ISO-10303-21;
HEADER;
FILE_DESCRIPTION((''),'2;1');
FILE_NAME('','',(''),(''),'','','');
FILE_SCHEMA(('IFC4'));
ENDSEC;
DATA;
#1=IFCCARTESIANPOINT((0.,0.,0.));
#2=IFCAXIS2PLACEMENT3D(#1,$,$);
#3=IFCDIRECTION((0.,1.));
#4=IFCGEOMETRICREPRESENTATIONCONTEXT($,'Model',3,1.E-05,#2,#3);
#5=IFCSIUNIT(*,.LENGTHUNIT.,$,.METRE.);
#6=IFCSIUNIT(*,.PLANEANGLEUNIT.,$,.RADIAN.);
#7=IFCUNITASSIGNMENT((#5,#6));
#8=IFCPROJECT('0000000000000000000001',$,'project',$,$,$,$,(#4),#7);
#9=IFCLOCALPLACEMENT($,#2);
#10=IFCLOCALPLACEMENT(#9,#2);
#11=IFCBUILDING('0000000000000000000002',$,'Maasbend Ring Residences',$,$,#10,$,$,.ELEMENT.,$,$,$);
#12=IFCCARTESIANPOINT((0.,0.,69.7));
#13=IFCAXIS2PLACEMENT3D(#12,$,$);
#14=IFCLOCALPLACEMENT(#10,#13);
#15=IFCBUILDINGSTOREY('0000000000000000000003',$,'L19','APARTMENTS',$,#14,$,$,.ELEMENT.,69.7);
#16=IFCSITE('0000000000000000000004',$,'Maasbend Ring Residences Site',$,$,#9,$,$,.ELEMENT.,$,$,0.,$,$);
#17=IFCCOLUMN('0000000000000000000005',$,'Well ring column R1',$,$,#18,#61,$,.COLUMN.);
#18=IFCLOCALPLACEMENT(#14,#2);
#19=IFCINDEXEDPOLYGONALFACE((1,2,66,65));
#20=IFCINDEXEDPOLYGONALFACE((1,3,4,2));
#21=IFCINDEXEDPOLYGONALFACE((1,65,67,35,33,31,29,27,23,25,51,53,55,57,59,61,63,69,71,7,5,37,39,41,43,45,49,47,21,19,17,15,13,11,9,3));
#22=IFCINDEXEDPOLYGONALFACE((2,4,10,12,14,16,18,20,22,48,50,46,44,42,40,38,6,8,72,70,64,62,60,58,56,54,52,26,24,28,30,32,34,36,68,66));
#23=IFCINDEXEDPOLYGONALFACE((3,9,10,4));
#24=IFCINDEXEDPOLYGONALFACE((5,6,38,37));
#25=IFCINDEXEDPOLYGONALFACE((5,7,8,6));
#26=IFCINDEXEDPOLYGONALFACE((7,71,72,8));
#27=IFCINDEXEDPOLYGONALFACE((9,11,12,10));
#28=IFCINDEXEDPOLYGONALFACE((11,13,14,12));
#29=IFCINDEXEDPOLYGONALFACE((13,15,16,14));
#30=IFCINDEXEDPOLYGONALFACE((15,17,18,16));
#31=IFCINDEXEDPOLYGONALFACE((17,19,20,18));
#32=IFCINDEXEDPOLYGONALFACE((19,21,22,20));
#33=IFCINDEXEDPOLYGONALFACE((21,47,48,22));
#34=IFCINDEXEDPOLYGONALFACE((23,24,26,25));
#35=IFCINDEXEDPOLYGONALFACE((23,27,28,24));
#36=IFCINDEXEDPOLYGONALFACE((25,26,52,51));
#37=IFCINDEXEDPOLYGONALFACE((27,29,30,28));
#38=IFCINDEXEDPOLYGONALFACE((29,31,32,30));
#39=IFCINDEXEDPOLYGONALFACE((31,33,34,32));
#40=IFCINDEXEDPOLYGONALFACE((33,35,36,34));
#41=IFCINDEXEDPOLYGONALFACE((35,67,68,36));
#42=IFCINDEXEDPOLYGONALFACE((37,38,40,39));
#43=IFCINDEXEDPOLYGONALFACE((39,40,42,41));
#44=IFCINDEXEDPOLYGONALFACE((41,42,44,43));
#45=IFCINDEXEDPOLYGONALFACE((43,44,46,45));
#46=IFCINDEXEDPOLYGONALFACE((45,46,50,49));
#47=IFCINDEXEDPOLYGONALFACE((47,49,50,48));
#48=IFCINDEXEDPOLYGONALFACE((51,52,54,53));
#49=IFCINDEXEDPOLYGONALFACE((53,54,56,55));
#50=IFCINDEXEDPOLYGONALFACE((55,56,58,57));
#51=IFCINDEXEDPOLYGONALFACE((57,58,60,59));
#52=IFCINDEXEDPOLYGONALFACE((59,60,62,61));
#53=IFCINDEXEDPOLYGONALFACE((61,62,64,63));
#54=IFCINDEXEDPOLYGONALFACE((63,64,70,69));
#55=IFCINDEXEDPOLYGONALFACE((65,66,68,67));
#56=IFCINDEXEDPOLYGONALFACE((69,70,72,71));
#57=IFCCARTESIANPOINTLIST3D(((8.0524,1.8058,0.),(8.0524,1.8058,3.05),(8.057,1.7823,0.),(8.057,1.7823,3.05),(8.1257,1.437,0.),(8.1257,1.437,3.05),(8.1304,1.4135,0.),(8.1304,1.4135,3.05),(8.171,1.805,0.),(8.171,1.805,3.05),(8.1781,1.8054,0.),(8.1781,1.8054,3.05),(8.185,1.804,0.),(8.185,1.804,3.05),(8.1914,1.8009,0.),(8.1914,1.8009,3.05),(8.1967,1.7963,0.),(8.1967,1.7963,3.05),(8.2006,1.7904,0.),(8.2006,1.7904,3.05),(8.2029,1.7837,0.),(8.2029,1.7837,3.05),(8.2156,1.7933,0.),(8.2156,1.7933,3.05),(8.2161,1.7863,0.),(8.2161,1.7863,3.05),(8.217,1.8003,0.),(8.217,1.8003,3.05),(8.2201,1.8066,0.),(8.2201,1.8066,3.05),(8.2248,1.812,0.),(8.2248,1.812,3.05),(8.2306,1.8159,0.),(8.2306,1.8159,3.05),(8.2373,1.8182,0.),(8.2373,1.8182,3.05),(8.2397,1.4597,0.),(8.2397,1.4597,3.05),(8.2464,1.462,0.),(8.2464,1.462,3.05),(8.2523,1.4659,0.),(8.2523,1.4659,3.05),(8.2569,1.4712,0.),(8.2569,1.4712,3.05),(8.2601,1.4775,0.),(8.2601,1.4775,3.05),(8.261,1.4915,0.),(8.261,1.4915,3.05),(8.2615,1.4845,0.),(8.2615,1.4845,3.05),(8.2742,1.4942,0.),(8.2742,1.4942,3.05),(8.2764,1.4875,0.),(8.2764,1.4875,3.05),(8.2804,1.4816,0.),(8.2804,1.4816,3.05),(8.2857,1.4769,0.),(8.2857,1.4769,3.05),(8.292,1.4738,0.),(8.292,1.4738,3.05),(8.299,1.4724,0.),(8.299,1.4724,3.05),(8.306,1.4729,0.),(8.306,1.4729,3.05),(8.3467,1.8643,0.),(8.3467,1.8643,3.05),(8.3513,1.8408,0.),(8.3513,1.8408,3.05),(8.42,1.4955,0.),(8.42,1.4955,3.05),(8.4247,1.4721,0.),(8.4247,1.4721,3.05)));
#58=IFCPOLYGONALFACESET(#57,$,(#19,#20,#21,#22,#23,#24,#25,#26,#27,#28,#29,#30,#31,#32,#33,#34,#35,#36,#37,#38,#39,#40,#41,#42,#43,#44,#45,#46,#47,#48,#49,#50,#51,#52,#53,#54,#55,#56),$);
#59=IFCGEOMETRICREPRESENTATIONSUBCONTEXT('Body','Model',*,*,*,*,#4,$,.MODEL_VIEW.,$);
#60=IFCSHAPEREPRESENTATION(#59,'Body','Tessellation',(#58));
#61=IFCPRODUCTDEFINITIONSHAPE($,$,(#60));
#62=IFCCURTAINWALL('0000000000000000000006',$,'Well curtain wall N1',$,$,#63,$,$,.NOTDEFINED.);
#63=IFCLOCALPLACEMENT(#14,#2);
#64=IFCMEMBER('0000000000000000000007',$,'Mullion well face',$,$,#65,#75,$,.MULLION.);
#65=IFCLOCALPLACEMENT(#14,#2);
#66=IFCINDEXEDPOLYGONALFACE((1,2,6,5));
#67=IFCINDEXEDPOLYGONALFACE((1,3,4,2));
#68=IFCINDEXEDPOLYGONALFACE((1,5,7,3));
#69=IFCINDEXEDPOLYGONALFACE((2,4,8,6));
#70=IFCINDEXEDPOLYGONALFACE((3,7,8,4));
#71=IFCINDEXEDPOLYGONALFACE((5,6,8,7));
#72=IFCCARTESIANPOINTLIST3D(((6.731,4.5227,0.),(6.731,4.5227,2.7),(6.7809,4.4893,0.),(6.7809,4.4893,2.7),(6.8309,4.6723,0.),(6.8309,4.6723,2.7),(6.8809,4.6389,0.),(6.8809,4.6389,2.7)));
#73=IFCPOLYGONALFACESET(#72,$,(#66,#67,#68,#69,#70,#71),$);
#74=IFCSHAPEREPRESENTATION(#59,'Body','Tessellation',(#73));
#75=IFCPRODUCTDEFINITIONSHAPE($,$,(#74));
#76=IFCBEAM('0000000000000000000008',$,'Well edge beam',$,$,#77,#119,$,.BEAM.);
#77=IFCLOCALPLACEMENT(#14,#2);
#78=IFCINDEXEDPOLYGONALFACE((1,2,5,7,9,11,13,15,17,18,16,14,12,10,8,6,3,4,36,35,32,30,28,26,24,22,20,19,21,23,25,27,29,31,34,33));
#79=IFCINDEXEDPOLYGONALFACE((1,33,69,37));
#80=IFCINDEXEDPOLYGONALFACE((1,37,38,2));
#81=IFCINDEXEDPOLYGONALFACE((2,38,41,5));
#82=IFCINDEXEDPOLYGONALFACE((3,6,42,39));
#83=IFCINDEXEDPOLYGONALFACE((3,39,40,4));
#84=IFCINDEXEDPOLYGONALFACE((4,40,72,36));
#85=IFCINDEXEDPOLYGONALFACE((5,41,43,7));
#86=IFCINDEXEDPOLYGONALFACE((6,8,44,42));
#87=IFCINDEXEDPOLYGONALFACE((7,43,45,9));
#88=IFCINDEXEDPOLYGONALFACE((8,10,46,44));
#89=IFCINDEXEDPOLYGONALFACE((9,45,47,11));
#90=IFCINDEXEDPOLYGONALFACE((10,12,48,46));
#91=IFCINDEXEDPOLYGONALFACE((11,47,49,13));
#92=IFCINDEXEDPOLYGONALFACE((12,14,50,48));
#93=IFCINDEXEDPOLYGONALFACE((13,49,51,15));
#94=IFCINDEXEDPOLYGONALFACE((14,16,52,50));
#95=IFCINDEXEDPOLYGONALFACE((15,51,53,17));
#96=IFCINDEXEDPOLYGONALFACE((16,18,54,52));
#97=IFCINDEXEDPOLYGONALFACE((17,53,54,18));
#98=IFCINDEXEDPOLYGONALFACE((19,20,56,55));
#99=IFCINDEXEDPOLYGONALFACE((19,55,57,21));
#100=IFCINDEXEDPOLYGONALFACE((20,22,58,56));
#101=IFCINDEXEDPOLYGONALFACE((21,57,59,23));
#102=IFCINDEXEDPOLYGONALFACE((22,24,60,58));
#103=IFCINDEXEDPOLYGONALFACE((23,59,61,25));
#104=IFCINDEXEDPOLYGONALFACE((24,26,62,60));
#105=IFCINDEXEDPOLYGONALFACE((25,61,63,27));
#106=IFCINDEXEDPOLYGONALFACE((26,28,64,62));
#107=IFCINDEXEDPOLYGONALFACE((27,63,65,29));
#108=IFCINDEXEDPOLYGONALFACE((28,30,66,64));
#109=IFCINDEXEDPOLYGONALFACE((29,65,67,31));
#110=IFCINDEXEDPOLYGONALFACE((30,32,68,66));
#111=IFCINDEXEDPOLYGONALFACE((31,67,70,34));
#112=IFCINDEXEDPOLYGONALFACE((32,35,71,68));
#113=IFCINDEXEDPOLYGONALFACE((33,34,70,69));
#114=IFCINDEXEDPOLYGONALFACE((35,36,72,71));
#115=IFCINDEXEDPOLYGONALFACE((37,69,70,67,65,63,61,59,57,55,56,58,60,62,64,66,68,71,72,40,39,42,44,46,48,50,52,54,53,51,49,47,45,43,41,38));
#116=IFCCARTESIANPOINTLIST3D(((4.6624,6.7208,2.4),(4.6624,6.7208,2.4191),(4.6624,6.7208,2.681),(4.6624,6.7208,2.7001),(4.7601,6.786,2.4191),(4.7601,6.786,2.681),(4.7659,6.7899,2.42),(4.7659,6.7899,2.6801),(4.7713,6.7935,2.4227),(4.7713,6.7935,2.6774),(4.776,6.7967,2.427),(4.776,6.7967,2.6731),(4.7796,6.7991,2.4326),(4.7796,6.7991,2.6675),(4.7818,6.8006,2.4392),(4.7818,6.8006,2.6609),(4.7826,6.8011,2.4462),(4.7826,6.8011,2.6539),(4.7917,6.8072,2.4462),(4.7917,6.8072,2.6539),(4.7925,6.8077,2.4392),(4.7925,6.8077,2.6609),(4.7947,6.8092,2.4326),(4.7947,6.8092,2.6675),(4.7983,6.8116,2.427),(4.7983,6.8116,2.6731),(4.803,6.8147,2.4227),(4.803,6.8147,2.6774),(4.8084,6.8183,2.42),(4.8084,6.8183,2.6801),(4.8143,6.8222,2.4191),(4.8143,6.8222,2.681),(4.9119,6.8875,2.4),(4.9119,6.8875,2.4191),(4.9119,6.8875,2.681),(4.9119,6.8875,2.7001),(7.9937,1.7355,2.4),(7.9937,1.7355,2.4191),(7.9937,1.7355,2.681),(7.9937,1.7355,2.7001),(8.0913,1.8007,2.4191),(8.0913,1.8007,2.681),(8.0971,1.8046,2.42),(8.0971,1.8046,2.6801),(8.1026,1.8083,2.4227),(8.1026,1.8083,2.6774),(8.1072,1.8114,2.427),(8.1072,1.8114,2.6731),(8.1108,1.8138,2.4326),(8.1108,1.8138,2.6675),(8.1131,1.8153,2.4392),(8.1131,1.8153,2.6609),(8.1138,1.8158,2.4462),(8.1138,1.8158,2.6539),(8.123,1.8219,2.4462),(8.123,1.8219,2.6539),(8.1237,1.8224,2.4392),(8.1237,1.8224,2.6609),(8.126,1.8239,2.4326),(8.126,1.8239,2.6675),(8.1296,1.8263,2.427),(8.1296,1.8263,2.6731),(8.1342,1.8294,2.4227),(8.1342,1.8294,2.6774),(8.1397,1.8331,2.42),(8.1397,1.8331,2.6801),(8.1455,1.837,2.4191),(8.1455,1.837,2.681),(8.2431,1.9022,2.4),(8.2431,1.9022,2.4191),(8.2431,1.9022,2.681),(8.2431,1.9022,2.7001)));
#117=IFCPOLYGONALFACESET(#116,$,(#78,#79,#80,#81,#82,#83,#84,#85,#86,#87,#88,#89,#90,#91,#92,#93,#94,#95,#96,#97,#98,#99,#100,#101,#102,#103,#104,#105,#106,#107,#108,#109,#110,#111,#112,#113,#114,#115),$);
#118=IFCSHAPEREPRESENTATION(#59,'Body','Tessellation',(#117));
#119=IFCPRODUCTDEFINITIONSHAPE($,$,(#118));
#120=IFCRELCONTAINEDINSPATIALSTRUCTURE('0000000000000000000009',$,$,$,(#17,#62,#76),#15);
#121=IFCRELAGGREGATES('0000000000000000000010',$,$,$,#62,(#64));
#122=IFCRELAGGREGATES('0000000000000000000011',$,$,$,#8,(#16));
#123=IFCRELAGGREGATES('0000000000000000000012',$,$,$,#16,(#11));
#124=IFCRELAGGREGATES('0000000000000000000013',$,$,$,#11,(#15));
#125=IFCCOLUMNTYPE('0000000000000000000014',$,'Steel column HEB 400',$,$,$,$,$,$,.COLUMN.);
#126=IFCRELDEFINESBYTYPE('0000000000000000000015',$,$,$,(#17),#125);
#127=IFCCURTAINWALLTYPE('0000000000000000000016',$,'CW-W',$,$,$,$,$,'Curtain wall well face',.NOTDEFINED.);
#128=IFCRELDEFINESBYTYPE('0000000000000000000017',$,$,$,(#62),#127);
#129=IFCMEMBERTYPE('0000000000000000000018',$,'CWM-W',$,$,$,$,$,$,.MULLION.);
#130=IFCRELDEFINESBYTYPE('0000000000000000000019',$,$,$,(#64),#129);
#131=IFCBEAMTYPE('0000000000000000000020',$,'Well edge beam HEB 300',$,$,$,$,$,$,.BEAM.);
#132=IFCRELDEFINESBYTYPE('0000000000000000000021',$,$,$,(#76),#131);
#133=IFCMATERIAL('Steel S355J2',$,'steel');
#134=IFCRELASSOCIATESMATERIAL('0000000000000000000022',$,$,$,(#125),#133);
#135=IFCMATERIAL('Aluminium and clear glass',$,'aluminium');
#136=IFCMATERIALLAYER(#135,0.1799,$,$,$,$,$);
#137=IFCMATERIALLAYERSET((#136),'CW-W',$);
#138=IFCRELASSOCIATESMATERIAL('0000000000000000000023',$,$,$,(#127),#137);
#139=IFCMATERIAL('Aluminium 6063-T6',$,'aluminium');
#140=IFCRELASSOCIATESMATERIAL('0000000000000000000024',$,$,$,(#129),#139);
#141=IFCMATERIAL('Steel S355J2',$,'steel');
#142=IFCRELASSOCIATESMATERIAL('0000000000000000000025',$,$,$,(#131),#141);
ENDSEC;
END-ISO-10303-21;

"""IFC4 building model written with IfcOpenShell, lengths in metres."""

from ifc_helpers import new_model, si_unit, direction, frame, origin, origin_2d, place, context, subcontext, project, spatial, rectangle, i_section, extrude, material, layer, layer_set, material_profile, profile_set, type_object, element, aggregate, save


model = new_model("IFC4")

# Units and contexts
model_context = context("Model", 3, precision=1e-05, world=origin(), true_north=direction((0.0, 1.0)))
body_context = subcontext(model_context, "Body", "Model", "MODEL_VIEW")
ifc_project = project(units=[si_unit("LENGTHUNIT", "METRE"), si_unit("PLANEANGLEUNIT", "RADIAN")], contexts=[model_context])

# Site, building, storey
site_placement = place(None, origin())
site = spatial("IfcSite", under=ifc_project, at=site_placement, Name="Maasbend Ring Residences Site", CompositionType="ELEMENT", RefElevation=0.0)
building_placement = place(site_placement, origin())
building = spatial("IfcBuilding", under=site, at=building_placement, Name="Maasbend Ring Residences", CompositionType="ELEMENT")
storey_placement = place(building_placement, frame((0.0, 0.0, 69.7)))
storey = spatial("IfcBuildingStorey", under=building, at=storey_placement, Name="L19", Description="APARTMENTS", CompositionType="ELEMENT", Elevation=69.7)

# Column
ifc_material_1 = material(Name="Steel S355J2", Category="steel")
ifc_material_profile_1 = material_profile(ifc_material_1, i_section(OverallWidth=0.3, OverallDepth=0.3999, WebThickness=0.0134, FlangeThickness=0.0239, FilletRadius=0.0271, at=origin_2d()), Name="HEB 400")
ifc_profile_set_1 = profile_set([ifc_material_profile_1], Name="Steel S355J2")
column_type = type_object("IfcColumnType", Name="Steel column HEB 400", PredefinedType="COLUMN", material=ifc_profile_set_1)
column_placement = place(storey_placement, frame((8.2385, 1.6389, 0.0), z_axis=(0.0, 0.0, 1.0), x_axis=(0.980785, 0.19509, 0.0)))
element("IfcColumn", 1, at=column_placement, inside=storey, type_object=column_type, Name="Well ring column R1", PredefinedType="COLUMN", context=body_context, shape_type="SweptSolid", body=[
    extrude(i_section(OverallWidth=0.3, OverallDepth=0.3999, WebThickness=0.0134, FlangeThickness=0.0239, FilletRadius=0.0271, at=origin_2d()), origin(), (0.0, 0.0, 1.0), 3.05),
])

# Curtain wall, member
ifc_material_2 = material(Name="Aluminium and clear glass", Category="aluminium")
ifc_layer_1 = layer(ifc_material_2, 0.1799)
ifc_layer_set_1 = layer_set([ifc_layer_1], Name="CW-W")
curtain_wall_type = type_object("IfcCurtainWallType", Name="CW-W", ElementType="Curtain wall well face", PredefinedType="NOTDEFINED", material=ifc_layer_set_1)
curtain_wall_placement = place(storey_placement, origin())
curtain_wall = element("IfcCurtainWall", 2, at=curtain_wall_placement, inside=storey, type_object=curtain_wall_type, Name="Well curtain wall N1", PredefinedType="NOTDEFINED")
ifc_material_3 = material(Name="Aluminium 6063-T6", Category="aluminium")
ifc_material_profile_2 = material_profile(ifc_material_3, rectangle(XDim=0.1799, YDim=0.0601, at=origin_2d()), Name="AL 180x60")
ifc_profile_set_2 = profile_set([ifc_material_profile_2], Name="Aluminium 6063-T6")
member_type = type_object("IfcMemberType", Name="CWM-W", PredefinedType="MULLION", material=ifc_profile_set_2)
member_placement = place(storey_placement, frame((6.8059, 4.5808, 0.0), z_axis=(0.0, 0.0, 1.0), x_axis=(-0.55557, -0.83147, 0.0)))
member = element("IfcMember", 3, at=member_placement, type_object=member_type, Name="Mullion well face", PredefinedType="MULLION", context=body_context, shape_type="SweptSolid", body=[
    extrude(rectangle(XDim=0.1799, YDim=0.0601, at=origin_2d()), origin(), (0.0, 0.0, 1.0), 2.7),
])
aggregate(curtain_wall, [member])

# Beam
ifc_material_4 = material(Name="Steel S355J2", Category="steel")
ifc_material_profile_3 = material_profile(ifc_material_4, i_section(OverallWidth=0.3, OverallDepth=0.3, WebThickness=0.011, FlangeThickness=0.019, FilletRadius=0.0271, at=origin_2d()), Name="HEB 300")
ifc_profile_set_3 = profile_set([ifc_material_profile_3], Name="Steel S355J2")
beam_type = type_object("IfcBeamType", Name="Well edge beam HEB 300", PredefinedType="BEAM", material=ifc_profile_set_3)
beam_placement = place(storey_placement, frame((8.1184, 1.8188, 2.55), z_axis=(-0.555593, 0.831455, 0.0), x_axis=(-0.831455, -0.555593, 0.0)))
element("IfcBeam", 4, at=beam_placement, inside=storey, type_object=beam_type, Name="Well edge beam", PredefinedType="BEAM", context=body_context, shape_type="SweptSolid", body=[
    extrude(i_section(OverallWidth=0.3, OverallDepth=0.3, WebThickness=0.011, FlangeThickness=0.019, FilletRadius=0.0271, at=origin_2d()), origin(), (0.0, 0.0, 1.0), 5.9958),
])

save(model, "model.ifc")
